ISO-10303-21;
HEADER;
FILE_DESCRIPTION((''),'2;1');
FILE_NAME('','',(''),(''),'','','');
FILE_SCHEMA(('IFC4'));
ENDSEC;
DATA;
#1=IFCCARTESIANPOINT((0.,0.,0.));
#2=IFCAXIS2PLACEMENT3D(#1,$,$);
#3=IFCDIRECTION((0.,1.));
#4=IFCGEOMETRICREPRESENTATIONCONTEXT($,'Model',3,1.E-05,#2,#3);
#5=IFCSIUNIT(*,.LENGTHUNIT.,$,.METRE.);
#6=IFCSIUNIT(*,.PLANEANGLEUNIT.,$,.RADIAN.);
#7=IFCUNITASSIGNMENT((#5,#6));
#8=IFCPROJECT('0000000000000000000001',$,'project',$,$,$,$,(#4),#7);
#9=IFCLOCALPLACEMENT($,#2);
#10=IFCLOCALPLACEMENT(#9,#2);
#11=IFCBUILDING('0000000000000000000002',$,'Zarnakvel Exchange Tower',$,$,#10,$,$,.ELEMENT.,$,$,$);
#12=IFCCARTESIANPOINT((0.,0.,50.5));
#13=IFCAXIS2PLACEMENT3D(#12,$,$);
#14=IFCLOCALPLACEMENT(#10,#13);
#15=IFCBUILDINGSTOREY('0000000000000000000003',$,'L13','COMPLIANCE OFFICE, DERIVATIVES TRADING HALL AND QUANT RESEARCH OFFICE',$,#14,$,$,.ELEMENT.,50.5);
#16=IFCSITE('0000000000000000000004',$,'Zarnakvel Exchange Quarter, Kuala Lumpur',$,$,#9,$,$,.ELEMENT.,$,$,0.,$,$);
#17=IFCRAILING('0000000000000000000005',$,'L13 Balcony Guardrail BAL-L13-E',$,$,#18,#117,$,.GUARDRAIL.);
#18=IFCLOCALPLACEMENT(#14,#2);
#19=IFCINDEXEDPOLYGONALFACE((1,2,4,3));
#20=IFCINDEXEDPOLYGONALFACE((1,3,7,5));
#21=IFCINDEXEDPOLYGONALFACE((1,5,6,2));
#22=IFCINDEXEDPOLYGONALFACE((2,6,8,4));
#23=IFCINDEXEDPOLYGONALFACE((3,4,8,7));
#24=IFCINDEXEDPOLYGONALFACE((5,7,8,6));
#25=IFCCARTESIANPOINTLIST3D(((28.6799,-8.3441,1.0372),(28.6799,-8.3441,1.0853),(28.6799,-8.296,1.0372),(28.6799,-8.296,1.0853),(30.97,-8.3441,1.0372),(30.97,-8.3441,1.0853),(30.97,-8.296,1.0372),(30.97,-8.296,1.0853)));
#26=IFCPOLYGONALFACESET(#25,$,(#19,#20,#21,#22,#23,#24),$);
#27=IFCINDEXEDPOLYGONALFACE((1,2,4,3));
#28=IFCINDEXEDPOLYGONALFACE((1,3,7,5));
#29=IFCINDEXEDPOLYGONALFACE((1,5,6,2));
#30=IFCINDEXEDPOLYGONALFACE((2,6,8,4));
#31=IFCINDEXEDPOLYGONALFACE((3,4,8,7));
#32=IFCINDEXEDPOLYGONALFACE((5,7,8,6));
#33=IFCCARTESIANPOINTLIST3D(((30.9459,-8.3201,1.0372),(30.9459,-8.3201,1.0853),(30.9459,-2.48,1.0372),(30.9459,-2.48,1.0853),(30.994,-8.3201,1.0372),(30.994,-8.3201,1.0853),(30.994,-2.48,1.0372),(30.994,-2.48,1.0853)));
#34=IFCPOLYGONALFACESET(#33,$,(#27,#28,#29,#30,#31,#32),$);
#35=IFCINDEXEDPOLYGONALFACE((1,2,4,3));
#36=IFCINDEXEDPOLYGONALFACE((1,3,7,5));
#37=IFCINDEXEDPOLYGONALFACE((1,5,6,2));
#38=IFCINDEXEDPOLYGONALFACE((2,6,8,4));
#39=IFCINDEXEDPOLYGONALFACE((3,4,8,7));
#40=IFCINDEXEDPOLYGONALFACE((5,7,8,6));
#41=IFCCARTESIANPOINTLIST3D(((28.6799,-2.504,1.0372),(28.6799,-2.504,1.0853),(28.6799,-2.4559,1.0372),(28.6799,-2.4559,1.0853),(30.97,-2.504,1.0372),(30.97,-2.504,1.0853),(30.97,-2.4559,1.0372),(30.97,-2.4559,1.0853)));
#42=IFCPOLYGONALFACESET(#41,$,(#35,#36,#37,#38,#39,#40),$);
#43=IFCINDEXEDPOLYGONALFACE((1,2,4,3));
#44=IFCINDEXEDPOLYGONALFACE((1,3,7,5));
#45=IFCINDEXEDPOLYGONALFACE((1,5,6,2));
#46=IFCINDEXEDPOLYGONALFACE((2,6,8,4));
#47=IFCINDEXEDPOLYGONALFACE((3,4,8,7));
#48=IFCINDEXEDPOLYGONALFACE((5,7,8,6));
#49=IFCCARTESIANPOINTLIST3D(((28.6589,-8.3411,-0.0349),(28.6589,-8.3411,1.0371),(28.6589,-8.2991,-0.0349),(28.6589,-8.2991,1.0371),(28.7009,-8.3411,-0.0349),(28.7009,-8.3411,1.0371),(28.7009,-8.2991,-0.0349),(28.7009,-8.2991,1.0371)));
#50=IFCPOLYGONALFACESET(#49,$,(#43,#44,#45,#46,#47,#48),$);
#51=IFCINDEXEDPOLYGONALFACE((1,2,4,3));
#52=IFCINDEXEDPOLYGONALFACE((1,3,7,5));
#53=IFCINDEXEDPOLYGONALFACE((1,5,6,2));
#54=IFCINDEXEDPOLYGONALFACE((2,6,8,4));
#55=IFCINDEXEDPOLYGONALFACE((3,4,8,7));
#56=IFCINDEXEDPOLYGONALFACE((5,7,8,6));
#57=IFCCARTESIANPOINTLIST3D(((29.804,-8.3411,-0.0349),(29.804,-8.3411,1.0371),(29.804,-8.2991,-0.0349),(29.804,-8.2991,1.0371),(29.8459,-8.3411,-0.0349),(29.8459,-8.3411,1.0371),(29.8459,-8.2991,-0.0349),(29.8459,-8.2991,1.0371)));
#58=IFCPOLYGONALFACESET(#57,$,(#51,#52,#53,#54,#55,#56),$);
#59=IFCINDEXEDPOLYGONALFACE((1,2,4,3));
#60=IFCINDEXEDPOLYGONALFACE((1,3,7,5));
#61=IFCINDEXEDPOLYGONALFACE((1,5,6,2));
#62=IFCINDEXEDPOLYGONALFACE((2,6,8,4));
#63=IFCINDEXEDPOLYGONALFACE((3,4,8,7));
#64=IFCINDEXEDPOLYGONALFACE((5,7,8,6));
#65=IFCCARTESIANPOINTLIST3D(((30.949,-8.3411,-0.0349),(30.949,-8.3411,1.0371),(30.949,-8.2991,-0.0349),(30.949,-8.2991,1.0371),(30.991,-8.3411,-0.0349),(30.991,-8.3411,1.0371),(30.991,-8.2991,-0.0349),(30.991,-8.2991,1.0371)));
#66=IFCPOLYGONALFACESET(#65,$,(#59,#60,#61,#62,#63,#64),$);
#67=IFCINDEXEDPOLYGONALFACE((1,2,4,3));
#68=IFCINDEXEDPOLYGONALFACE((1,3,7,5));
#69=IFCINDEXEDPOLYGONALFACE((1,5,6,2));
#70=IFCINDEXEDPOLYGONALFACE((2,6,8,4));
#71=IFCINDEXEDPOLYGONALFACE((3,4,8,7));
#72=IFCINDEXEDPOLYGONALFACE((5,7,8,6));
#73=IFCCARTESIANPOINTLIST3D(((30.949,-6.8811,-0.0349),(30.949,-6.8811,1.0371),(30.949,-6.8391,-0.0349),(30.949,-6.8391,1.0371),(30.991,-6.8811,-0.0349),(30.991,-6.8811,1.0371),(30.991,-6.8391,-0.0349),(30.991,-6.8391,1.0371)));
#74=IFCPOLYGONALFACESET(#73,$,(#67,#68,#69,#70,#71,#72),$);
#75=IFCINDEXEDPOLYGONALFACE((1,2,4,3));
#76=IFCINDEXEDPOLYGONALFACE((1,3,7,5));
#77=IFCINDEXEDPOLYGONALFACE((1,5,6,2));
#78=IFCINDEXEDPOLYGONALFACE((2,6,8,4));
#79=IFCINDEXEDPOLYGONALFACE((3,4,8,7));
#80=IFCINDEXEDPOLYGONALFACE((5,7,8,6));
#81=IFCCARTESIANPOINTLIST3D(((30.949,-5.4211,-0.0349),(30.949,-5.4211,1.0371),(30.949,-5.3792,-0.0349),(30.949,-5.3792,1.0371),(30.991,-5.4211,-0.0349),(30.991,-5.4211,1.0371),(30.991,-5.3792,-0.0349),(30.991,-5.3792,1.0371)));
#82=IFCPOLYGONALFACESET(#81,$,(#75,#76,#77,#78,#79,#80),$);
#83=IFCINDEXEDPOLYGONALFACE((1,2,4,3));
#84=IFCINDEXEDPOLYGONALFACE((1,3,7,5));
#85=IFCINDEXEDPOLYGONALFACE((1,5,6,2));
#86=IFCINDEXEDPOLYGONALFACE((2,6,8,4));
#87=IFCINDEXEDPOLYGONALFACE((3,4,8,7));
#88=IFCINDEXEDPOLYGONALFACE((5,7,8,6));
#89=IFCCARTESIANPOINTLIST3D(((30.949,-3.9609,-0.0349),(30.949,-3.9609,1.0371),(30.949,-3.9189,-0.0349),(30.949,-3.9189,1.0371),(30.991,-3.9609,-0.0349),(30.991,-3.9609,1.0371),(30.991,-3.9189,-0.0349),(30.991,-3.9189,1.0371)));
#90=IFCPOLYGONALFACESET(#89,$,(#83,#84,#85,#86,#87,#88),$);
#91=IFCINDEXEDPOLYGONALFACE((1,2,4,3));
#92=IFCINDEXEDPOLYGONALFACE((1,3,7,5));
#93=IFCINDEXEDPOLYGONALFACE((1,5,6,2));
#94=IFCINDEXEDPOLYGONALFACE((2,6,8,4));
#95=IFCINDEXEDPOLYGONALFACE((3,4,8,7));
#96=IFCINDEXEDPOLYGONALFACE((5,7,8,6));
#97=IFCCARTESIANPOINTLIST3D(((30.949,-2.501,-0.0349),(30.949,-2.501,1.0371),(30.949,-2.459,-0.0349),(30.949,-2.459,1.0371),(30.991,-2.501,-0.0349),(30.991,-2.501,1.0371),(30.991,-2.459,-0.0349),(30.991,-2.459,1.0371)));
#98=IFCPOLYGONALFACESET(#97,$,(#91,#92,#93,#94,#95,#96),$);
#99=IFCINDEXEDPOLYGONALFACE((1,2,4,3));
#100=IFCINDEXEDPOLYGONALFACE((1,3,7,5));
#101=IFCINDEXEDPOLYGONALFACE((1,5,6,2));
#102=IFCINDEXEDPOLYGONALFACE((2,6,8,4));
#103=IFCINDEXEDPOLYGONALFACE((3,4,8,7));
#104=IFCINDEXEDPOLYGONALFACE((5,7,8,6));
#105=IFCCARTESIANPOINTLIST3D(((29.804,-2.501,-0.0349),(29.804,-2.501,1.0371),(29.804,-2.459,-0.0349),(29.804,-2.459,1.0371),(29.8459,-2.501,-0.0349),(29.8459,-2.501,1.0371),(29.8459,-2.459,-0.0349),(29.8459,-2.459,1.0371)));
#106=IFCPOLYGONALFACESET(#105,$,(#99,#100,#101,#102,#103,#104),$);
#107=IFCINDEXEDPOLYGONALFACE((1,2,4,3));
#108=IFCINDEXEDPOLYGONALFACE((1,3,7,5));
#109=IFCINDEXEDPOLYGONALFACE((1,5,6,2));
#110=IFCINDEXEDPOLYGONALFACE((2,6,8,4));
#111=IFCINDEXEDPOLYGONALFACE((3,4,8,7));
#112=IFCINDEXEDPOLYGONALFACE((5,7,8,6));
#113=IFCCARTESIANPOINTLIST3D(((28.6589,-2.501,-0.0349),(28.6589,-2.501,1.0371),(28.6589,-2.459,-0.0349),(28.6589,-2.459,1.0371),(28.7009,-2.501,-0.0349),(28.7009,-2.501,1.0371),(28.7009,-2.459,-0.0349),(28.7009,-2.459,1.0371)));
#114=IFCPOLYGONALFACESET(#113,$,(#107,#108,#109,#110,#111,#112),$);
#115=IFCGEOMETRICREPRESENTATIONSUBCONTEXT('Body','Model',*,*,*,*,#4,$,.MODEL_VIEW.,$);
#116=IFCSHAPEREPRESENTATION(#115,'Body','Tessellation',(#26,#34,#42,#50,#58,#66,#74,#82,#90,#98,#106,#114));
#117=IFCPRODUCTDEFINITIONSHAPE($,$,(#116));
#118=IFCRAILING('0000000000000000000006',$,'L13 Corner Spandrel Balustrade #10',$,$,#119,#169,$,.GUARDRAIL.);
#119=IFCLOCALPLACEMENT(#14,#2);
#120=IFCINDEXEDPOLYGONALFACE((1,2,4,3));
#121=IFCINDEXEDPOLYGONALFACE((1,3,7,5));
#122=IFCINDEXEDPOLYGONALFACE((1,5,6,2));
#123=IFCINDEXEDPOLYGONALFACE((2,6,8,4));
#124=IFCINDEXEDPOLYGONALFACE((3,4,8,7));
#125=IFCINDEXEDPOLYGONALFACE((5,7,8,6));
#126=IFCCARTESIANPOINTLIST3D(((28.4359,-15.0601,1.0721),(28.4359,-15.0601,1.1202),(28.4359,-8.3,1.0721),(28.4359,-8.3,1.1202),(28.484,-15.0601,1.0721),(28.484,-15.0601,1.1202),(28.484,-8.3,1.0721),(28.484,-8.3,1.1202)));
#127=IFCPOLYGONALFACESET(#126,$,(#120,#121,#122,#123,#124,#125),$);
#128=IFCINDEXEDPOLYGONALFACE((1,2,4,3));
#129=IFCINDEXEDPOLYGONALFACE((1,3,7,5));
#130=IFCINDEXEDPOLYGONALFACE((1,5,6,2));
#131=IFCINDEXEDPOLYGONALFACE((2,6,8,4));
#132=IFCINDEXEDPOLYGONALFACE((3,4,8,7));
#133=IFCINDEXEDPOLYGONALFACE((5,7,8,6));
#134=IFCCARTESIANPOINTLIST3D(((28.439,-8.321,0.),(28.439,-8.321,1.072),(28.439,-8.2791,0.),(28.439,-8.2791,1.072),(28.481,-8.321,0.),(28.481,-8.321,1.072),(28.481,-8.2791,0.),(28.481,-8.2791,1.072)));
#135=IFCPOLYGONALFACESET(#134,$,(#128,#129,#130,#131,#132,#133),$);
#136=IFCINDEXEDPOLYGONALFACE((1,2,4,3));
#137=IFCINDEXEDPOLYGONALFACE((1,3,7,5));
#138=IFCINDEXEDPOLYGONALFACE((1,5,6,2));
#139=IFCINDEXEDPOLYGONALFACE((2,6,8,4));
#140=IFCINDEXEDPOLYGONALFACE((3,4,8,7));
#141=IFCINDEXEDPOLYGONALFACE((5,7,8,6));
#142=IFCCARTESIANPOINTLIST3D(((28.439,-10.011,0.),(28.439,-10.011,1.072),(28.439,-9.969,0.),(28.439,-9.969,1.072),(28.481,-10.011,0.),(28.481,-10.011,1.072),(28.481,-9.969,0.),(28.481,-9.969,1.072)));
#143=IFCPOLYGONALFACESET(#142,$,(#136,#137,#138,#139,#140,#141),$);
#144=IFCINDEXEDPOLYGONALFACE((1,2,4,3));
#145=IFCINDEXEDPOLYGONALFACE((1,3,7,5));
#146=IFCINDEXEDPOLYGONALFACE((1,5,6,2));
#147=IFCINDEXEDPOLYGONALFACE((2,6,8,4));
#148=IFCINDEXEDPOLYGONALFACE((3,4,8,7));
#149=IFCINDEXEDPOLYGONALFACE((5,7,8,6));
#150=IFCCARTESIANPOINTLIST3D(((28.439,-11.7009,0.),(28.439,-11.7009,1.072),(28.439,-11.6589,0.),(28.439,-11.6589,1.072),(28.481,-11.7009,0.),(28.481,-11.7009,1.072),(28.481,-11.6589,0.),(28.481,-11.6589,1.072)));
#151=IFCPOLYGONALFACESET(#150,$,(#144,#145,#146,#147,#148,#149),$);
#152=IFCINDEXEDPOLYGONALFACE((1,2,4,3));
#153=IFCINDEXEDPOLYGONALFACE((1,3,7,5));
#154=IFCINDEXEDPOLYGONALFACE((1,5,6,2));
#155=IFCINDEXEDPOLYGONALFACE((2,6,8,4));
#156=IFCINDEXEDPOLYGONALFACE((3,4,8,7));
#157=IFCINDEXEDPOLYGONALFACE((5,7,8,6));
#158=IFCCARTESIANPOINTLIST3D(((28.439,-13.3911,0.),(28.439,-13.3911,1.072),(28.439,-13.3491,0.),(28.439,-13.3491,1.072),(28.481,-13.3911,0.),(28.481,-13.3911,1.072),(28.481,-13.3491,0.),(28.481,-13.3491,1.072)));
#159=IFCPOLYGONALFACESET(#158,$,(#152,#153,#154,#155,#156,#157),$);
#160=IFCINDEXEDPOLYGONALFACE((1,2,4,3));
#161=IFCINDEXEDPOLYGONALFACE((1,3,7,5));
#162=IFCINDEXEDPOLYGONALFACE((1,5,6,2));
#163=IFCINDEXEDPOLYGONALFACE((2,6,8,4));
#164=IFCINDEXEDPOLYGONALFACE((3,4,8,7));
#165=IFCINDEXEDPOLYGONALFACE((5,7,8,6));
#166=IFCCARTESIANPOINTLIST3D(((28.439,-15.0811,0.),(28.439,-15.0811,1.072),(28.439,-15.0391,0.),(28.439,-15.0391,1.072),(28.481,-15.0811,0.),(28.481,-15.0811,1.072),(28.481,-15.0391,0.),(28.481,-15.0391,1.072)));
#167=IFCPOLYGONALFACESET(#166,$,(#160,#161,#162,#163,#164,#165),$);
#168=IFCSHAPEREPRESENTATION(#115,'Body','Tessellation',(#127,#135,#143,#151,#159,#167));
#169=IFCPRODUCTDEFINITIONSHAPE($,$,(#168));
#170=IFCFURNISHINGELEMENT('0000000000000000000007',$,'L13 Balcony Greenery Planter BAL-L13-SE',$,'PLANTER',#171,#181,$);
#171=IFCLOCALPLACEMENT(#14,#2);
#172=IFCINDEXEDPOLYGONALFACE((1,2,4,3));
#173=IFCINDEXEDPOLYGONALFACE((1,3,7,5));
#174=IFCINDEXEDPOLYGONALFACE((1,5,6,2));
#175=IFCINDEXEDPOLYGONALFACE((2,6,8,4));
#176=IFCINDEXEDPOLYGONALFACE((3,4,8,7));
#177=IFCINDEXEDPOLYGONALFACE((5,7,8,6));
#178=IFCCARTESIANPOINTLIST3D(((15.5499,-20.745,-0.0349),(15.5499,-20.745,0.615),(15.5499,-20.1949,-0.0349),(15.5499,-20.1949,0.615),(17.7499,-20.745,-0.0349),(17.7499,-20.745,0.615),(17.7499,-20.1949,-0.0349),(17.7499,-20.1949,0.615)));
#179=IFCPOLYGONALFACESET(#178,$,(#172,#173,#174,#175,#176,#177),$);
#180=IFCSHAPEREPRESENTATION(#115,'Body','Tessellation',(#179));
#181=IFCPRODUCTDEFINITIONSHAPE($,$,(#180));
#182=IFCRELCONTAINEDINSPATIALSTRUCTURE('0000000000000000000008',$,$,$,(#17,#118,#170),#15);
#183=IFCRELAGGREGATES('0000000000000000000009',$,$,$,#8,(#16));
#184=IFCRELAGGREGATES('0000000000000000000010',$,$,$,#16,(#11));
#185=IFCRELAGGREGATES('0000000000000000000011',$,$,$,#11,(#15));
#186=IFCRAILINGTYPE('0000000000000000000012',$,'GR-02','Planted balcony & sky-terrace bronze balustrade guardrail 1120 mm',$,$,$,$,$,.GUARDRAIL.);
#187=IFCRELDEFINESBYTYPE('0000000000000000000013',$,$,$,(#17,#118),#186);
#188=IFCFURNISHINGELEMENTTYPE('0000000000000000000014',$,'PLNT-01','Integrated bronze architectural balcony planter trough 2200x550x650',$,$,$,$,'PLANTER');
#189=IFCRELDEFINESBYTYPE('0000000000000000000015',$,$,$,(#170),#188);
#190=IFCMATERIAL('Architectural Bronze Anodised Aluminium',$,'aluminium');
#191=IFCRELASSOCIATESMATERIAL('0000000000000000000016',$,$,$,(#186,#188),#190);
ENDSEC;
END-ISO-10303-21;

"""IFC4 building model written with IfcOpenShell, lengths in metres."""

from ifc_helpers import new_model, si_unit, direction, frame, origin, origin_2d, place, context, subcontext, project, spatial, rectangle, extrude, source, transform, mapped, material, type_object, element, save


model = new_model("IFC4")

# Units and contexts
model_context = context("Model", 3, precision=1e-05, world=origin(), true_north=direction((0.0, 1.0)))
body_context = subcontext(model_context, "Body", "Model", "MODEL_VIEW")
ifc_project = project(units=[si_unit("LENGTHUNIT", "METRE"), si_unit("PLANEANGLEUNIT", "RADIAN")], contexts=[model_context])

# Site, building, storey
site_placement = place(None, origin())
site = spatial("IfcSite", under=ifc_project, at=site_placement, Name="Zarnakvel Exchange Quarter, Kuala Lumpur", CompositionType="ELEMENT", RefElevation=0.0)
building_placement = place(site_placement, origin())
building = spatial("IfcBuilding", under=site, at=building_placement, Name="Zarnakvel Exchange Tower", CompositionType="ELEMENT")
storey_placement = place(building_placement, frame((0.0, 0.0, 50.5)))
storey = spatial("IfcBuildingStorey", under=building, at=storey_placement, Name="L13", Description="COMPLIANCE OFFICE, DERIVATIVES TRADING HALL AND QUANT RESEARCH OFFICE", CompositionType="ELEMENT", Elevation=50.5)

# Shared definitions
ifc_material_1 = material(Name="Architectural Bronze Anodised Aluminium", Category="aluminium")

# Railings
railing_type = type_object("IfcRailingType", Name="GR-02", Description="Planted balcony & sky-terrace bronze balustrade guardrail 1120 mm", PredefinedType="GUARDRAIL", material=ifc_material_1)
railing_1_placement = place(storey_placement, frame((28.6799, -8.3201, -0.0349)))
element("IfcRailing", 1, at=railing_1_placement, inside=storey, type_object=railing_type, Name="L13 Balcony Guardrail BAL-L13-E", PredefinedType="GUARDRAIL", context=body_context, shape_type="SweptSolid", body=[
    extrude(rectangle(XDim=0.0481, YDim=0.0481, at=origin_2d()), frame((0.0, 0.0, 1.0962), z_axis=(1.0, 0.0, 0.0), x_axis=(0.0, 1.0, 0.0)), (0.0, 0.0, 1.0), 2.29),
    extrude(rectangle(XDim=0.0481, YDim=0.0481, at=origin_2d()), frame((2.29, 0.0, 1.0962), z_axis=(0.0, 1.0, 0.0), x_axis=(-1.0, 0.0, 0.0)), (0.0, 0.0, 1.0), 5.8401),
    extrude(rectangle(XDim=0.0481, YDim=0.0481, at=origin_2d()), frame((2.29, 5.8401, 1.0962), z_axis=(-1.0, 0.0, 0.0), x_axis=(0.0, -1.0, 0.0)), (0.0, 0.0, 1.0), 2.29),
    extrude(rectangle(XDim=0.042, YDim=0.042, at=origin_2d()), origin(), (0.0, 0.0, 1.0), 1.072),
    extrude(rectangle(XDim=0.042, YDim=0.042, at=origin_2d()), frame((1.145, 0.0, 0.0)), (0.0, 0.0, 1.0), 1.072),
    extrude(rectangle(XDim=0.042, YDim=0.042, at=origin_2d()), frame((2.29, 0.0, 0.0)), (0.0, 0.0, 1.0), 1.072),
    extrude(rectangle(XDim=0.042, YDim=0.042, at=origin_2d()), frame((2.29, 1.46, 0.0)), (0.0, 0.0, 1.0), 1.072),
    extrude(rectangle(XDim=0.042, YDim=0.042, at=origin_2d()), frame((2.29, 2.9199, 0.0)), (0.0, 0.0, 1.0), 1.072),
    extrude(rectangle(XDim=0.042, YDim=0.042, at=origin_2d()), frame((2.29, 4.3801, 0.0)), (0.0, 0.0, 1.0), 1.072),
    extrude(rectangle(XDim=0.042, YDim=0.042, at=origin_2d()), frame((2.29, 5.8401, 0.0)), (0.0, 0.0, 1.0), 1.072),
    extrude(rectangle(XDim=0.042, YDim=0.042, at=origin_2d()), frame((1.145, 5.8401, 0.0)), (0.0, 0.0, 1.0), 1.072),
    extrude(rectangle(XDim=0.042, YDim=0.042, at=origin_2d()), frame((0.0, 5.8401, 0.0)), (0.0, 0.0, 1.0), 1.072),
])
railing_2_placement = place(storey_placement, frame((28.46, -8.3, 0.0)))
element("IfcRailing", 2, at=railing_2_placement, inside=storey, type_object=railing_type, Name="L13 Corner Spandrel Balustrade #10", PredefinedType="GUARDRAIL", context=body_context, shape_type="SweptSolid", body=[
    extrude(rectangle(XDim=0.0481, YDim=0.0481, at=origin_2d()), frame((0.0, 0.0, 1.0962), z_axis=(0.0, -1.0, 0.0), x_axis=(1.0, 0.0, 0.0)), (0.0, 0.0, 1.0), 6.76),
    extrude(rectangle(XDim=0.042, YDim=0.042, at=origin_2d()), origin(), (0.0, 0.0, 1.0), 1.072),
    extrude(rectangle(XDim=0.042, YDim=0.042, at=origin_2d()), frame((0.0, -1.6899, 0.0)), (0.0, 0.0, 1.0), 1.072),
    extrude(rectangle(XDim=0.042, YDim=0.042, at=origin_2d()), frame((0.0, -3.3799, 0.0)), (0.0, 0.0, 1.0), 1.072),
    extrude(rectangle(XDim=0.042, YDim=0.042, at=origin_2d()), frame((0.0, -5.0701, 0.0)), (0.0, 0.0, 1.0), 1.072),
    extrude(rectangle(XDim=0.042, YDim=0.042, at=origin_2d()), frame((0.0, -6.76, 0.0)), (0.0, 0.0, 1.0), 1.072),
])

# Furnishing element
furnishing_element_type = type_object("IfcFurnishingElementType", Name="PLNT-01", Description="Integrated bronze architectural balcony planter trough 2200x550x650", ElementType="PLANTER", material=ifc_material_1)
shared_shape_1 = source(origin(), body_context, "Body", "SweptSolid", [
    extrude(rectangle(XDim=2.2, YDim=0.55, at=origin_2d()), origin(), (0.0, 0.0, 1.0), 0.6499),
])
furnishing_placement = place(storey_placement, frame((16.6499, -20.47, -0.0349), z_axis=(0.0, 0.0, 1.0), x_axis=(1.0, 0.0, 0.0)))
element("IfcFurnishingElement", 3, at=furnishing_placement, inside=storey, type_object=furnishing_element_type, Name="L13 Balcony Greenery Planter BAL-L13-SE", ObjectType="PLANTER", context=body_context, shape_type="MappedRepresentation", body=[
    mapped(shared_shape_1, transform((0.0, 0.0, 0.0), x_axis=(1.0, 0.0, 0.0), y_axis=(0.0, 1.0, 0.0), z_axis=(0.0, 0.0, 1.0), scale=1.0)),
])

save(model, "model.ifc")
